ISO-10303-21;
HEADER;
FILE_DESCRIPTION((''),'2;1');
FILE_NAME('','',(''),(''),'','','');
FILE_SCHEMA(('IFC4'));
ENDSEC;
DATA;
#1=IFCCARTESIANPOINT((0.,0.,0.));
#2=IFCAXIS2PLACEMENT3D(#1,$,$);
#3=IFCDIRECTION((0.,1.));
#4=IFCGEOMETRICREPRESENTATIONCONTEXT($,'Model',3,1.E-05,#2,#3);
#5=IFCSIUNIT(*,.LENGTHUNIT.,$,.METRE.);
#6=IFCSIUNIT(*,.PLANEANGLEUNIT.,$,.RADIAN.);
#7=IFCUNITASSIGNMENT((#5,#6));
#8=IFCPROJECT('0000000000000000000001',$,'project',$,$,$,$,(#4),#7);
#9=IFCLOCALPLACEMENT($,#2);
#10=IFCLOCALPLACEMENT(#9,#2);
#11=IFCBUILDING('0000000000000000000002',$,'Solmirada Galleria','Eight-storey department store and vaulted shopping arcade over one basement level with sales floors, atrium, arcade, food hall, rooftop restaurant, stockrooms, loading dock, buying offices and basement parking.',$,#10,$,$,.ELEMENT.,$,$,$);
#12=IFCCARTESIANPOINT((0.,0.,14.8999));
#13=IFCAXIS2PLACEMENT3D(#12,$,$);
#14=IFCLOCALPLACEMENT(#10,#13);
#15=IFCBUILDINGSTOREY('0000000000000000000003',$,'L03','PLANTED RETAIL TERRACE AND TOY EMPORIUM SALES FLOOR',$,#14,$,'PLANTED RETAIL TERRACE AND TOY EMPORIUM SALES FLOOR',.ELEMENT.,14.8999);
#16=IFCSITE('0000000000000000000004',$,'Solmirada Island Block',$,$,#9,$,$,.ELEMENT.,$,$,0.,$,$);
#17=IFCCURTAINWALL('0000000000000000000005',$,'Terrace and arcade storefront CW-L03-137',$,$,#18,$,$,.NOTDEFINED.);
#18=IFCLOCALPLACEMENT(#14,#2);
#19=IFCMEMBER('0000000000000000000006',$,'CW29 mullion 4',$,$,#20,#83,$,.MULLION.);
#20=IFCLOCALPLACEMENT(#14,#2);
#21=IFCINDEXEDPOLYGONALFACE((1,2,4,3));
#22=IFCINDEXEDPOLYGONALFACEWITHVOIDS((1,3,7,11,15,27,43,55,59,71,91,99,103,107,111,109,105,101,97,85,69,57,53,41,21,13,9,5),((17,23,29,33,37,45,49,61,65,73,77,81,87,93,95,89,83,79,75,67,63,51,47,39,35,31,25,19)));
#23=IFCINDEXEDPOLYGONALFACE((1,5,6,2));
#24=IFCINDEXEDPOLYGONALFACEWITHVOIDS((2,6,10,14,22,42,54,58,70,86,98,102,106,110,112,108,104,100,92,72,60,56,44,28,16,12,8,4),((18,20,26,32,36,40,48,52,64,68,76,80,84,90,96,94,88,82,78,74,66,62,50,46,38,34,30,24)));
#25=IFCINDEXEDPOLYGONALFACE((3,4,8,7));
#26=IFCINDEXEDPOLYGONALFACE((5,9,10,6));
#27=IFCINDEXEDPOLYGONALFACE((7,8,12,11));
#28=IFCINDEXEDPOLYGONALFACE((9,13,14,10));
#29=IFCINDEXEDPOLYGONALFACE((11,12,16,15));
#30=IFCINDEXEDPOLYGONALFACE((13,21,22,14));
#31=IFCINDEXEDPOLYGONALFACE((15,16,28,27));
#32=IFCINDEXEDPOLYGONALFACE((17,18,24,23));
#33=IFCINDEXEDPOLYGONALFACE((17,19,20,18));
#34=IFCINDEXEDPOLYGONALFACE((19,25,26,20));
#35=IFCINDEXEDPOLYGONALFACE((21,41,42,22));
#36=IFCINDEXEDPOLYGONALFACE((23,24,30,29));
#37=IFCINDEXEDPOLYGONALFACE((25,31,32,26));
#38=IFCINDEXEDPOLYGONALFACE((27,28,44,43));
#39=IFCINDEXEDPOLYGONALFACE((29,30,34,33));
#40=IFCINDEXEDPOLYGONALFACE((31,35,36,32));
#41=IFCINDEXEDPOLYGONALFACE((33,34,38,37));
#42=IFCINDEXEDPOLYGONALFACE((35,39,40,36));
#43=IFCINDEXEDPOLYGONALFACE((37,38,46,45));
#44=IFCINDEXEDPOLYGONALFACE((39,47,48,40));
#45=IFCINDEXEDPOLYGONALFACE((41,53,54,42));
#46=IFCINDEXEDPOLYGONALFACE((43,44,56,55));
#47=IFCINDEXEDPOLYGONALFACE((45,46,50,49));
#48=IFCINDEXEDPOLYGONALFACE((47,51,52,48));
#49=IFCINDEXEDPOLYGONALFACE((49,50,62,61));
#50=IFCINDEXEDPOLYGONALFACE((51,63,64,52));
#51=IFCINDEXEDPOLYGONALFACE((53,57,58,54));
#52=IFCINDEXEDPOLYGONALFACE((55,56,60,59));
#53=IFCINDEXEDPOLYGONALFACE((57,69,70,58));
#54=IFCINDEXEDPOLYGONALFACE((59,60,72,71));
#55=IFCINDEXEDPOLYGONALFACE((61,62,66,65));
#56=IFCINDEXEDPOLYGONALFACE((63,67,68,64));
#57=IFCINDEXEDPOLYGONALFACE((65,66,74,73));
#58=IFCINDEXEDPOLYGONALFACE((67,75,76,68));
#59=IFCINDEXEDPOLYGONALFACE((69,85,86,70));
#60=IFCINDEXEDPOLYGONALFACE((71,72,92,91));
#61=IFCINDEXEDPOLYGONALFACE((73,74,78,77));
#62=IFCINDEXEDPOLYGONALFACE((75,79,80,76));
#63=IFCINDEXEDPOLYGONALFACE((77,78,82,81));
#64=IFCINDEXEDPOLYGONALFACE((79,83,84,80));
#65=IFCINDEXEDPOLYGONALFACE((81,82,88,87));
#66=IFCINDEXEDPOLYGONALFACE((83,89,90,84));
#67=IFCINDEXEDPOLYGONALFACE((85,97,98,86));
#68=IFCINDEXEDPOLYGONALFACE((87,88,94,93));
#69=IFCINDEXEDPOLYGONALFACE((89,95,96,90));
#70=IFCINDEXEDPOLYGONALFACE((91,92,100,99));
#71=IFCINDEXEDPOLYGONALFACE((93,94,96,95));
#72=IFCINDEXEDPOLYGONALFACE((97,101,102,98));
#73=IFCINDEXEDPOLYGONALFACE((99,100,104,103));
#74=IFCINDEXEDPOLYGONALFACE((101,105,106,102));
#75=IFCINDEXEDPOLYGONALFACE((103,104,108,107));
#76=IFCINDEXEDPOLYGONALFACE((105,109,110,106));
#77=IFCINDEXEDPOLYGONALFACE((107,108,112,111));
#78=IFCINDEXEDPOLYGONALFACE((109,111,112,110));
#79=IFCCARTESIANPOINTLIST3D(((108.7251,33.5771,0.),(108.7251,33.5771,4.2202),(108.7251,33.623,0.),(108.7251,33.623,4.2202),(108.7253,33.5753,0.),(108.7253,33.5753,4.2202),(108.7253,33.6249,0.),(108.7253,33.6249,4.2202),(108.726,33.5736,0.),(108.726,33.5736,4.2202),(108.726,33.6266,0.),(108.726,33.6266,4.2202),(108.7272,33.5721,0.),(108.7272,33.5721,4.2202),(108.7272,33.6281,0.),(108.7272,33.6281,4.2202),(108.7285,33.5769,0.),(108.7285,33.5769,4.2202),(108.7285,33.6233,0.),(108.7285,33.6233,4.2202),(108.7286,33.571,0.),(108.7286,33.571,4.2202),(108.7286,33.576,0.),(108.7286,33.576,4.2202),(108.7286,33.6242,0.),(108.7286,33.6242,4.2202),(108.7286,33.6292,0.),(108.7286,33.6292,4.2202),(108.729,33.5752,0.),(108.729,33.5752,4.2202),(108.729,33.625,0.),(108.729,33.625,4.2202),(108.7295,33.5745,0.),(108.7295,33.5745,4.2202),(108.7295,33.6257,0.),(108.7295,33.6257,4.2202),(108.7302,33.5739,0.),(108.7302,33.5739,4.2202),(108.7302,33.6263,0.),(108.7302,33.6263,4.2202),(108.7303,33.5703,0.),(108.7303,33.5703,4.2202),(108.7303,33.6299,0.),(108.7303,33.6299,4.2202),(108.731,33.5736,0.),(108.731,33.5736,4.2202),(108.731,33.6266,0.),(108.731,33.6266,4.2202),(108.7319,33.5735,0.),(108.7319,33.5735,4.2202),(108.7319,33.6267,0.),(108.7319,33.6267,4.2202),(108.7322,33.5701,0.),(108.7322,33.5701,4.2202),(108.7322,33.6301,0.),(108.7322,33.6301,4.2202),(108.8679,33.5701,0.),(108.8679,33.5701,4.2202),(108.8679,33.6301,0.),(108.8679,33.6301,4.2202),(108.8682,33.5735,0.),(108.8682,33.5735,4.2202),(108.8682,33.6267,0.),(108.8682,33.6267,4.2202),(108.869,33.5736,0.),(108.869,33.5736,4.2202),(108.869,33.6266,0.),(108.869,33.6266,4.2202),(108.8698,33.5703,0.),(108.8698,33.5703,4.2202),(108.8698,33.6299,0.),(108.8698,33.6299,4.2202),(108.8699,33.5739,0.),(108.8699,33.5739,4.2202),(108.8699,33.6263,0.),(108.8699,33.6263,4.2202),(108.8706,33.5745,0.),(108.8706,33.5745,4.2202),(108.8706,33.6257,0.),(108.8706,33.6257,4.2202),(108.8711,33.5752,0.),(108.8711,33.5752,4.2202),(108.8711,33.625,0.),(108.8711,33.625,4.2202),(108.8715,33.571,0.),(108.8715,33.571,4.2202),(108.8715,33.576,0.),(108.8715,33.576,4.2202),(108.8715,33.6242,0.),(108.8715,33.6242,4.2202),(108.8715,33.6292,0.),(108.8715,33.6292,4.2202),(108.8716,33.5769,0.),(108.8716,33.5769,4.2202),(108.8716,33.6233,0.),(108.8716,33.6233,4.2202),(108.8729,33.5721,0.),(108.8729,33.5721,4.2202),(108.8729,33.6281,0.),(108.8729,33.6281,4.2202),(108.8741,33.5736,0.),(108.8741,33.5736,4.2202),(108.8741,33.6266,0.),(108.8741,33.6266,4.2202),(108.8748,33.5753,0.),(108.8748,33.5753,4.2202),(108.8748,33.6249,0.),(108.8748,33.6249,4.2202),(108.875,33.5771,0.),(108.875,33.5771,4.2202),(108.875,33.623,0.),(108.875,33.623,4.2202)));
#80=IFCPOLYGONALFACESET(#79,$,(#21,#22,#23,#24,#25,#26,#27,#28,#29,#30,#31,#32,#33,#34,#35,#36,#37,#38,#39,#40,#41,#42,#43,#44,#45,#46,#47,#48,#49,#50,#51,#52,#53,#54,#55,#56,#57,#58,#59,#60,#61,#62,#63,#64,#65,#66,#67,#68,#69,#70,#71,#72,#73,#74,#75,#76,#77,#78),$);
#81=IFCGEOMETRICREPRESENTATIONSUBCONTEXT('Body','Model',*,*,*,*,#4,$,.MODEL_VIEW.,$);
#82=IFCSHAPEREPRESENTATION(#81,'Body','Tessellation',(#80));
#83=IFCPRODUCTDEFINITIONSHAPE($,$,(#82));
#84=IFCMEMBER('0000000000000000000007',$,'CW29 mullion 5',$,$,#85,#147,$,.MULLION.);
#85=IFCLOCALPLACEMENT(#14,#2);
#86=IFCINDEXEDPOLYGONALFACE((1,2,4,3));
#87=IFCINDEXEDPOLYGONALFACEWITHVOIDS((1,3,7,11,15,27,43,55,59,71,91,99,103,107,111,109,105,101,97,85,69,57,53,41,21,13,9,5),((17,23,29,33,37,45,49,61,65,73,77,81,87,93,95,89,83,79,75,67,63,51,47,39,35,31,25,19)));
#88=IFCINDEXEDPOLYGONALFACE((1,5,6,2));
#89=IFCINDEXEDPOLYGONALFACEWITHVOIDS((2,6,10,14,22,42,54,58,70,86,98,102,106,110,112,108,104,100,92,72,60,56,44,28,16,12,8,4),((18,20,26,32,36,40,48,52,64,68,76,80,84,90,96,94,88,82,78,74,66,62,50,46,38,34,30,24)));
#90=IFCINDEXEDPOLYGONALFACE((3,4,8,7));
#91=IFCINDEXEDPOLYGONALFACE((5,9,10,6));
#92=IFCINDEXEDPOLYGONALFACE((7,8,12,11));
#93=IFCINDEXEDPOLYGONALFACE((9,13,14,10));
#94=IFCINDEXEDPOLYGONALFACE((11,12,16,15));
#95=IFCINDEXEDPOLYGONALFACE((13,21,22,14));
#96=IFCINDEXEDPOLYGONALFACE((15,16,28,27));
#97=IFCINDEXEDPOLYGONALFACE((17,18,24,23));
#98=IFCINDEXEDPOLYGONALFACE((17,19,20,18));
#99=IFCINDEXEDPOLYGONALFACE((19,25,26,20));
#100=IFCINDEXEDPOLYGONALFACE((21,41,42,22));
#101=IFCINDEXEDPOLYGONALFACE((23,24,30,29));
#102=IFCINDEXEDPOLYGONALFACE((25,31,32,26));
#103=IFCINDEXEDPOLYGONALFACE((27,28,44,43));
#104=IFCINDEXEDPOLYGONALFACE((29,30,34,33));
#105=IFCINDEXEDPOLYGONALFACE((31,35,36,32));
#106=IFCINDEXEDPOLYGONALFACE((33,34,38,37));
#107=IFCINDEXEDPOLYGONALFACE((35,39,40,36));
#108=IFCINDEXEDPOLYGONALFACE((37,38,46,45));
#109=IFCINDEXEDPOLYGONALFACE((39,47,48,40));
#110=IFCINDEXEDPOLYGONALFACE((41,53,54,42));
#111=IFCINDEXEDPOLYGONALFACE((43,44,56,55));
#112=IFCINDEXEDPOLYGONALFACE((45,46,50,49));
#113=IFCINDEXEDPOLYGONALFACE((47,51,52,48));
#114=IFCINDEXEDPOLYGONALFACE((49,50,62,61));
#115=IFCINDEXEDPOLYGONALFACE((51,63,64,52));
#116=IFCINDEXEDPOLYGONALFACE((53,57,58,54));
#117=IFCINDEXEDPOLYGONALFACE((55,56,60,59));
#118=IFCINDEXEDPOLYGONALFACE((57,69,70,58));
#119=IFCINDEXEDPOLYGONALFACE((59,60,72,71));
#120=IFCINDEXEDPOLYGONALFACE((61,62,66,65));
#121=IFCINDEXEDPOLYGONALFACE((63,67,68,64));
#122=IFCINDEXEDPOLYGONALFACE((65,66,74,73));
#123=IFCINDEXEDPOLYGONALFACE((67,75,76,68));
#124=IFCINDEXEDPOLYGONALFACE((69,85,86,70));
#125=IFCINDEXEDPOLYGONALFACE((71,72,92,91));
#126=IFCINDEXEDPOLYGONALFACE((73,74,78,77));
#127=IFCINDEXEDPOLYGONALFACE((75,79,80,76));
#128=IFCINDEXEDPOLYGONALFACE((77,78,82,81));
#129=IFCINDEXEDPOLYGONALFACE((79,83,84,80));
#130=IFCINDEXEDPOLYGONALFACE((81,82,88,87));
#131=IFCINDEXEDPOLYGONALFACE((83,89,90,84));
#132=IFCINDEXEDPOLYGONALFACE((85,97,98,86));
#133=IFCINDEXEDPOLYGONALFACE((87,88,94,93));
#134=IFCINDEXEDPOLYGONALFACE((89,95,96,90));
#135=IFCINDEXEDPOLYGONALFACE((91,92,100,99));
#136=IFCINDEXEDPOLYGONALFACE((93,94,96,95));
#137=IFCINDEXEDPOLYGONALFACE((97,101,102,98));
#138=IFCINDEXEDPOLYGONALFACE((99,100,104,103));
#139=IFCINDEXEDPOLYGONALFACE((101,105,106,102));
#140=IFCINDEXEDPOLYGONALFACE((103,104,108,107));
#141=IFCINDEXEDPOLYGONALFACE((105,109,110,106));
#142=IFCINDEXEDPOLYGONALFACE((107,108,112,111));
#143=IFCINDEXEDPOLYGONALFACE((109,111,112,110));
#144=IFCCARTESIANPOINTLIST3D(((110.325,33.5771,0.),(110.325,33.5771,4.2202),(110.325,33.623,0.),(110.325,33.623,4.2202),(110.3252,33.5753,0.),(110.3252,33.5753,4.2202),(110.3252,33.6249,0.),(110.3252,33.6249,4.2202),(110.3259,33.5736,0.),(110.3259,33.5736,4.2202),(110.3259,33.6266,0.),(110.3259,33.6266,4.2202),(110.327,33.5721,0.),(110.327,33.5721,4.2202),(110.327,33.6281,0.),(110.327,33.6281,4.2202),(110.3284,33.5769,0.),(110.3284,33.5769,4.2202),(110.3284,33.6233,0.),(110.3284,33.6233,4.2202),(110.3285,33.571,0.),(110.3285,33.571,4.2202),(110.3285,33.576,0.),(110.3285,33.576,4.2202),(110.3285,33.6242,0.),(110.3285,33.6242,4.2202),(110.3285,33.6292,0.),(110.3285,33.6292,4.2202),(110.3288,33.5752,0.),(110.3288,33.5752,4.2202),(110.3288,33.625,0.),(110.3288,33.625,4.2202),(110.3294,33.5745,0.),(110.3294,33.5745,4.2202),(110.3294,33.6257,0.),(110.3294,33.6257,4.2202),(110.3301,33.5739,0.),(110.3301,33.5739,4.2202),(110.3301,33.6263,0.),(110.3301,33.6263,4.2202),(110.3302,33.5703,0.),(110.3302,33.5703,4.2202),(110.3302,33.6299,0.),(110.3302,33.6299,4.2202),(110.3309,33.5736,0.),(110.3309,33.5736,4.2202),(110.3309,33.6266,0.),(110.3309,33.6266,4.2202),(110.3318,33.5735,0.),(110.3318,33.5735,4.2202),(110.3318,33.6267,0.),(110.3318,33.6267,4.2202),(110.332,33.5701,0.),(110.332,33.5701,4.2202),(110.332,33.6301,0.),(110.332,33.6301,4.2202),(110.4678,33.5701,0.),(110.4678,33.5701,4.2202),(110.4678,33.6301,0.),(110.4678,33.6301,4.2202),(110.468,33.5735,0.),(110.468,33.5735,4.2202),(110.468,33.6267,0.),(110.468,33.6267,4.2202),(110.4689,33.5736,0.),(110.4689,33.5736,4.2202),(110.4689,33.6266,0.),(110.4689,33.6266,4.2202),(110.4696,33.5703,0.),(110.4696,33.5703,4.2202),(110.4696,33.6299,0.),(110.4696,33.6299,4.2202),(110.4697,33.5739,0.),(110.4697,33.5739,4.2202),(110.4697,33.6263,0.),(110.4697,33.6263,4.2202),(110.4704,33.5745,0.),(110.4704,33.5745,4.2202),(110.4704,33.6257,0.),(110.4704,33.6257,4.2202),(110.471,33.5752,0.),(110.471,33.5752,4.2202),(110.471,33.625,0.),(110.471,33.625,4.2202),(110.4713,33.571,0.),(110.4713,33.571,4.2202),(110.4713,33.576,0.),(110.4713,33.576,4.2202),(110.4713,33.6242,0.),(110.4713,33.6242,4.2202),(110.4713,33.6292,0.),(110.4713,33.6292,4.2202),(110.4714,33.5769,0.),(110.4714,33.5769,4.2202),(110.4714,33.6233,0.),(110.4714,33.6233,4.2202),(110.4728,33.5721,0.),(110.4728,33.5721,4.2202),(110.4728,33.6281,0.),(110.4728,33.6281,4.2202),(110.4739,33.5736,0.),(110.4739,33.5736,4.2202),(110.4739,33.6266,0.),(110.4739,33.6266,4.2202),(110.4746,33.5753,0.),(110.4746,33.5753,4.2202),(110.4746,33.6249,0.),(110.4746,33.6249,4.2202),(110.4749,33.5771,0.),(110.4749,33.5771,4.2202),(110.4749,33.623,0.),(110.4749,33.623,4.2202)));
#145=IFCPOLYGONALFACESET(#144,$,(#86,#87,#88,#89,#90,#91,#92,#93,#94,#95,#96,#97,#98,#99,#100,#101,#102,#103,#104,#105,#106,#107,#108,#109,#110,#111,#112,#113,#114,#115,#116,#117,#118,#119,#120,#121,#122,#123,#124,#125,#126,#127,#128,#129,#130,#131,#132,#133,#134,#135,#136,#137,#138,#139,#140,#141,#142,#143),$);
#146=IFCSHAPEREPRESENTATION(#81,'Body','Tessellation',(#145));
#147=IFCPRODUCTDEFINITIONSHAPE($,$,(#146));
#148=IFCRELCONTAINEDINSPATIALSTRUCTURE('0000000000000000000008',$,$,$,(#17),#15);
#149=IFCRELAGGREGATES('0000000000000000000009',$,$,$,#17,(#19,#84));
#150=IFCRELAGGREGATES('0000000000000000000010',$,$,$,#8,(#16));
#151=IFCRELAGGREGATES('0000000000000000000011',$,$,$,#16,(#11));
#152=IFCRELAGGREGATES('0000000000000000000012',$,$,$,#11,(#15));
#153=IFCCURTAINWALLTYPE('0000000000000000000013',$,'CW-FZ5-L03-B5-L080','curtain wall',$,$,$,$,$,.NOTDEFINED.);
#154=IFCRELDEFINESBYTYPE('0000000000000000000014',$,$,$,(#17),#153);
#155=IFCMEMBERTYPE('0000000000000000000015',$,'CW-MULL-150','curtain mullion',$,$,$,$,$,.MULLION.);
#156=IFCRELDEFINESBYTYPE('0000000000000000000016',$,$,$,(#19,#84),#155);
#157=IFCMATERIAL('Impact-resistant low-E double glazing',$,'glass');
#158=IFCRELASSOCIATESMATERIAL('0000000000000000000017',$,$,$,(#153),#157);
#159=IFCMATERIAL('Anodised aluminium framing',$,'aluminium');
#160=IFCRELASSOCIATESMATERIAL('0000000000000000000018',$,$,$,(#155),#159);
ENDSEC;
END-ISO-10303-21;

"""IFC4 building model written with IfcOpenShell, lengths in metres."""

from ifc_helpers import new_model, si_unit, direction, frame, origin, origin_2d, place, context, subcontext, project, spatial, hollow_rectangle, extrude, material, material_profile, profile_set, type_object, element, aggregate, save


model = new_model("IFC4")

# Units and contexts
model_context = context("Model", 3, precision=1e-05, world=origin(), true_north=direction((0.0, 1.0)))
body_context = subcontext(model_context, "Body", "Model", "MODEL_VIEW")
ifc_project = project(units=[si_unit("LENGTHUNIT", "METRE"), si_unit("PLANEANGLEUNIT", "RADIAN")], contexts=[model_context])

# Site, building, storey
site_placement = place(None, origin())
site = spatial("IfcSite", under=ifc_project, at=site_placement, Name="Solmirada Island Block", CompositionType="ELEMENT", RefElevation=0.0)
building_placement = place(site_placement, origin())
building = spatial("IfcBuilding", under=site, at=building_placement, Name="Solmirada Galleria", Description="Eight-storey department store and vaulted shopping arcade over one basement level with sales floors, atrium, arcade, food hall, rooftop restaurant, stockrooms, loading dock, buying offices and basement parking.", CompositionType="ELEMENT")
storey_placement = place(building_placement, frame((0.0, 0.0, 14.8999)))
storey = spatial("IfcBuildingStorey", under=building, at=storey_placement, Name="L03", Description="PLANTED RETAIL TERRACE AND TOY EMPORIUM SALES FLOOR", LongName="PLANTED RETAIL TERRACE AND TOY EMPORIUM SALES FLOOR", CompositionType="ELEMENT", Elevation=14.8999)

# Curtain wall, members
ifc_material_1 = material(Name="Impact-resistant low-E double glazing", Category="glass")
curtain_wall_type = type_object("IfcCurtainWallType", Name="CW-FZ5-L03-B5-L080", Description="curtain wall", PredefinedType="NOTDEFINED", material=ifc_material_1)
curtain_wall_1_placement = place(storey_placement, origin())
curtain_wall_1 = element("IfcCurtainWall", 1, at=curtain_wall_1_placement, inside=storey, type_object=curtain_wall_type, Name="Terrace and arcade storefront CW-L03-137", PredefinedType="NOTDEFINED")
ifc_material_2 = material(Name="Anodised aluminium framing", Category="aluminium")
ifc_material_profile_1 = material_profile(ifc_material_2, hollow_rectangle(XDim=0.0601, YDim=0.1499, WallThickness=0.0034, InnerFilletRadius=0.0034, OuterFilletRadius=0.0071, at=origin_2d()), Name="ALU-MULL-150X60")
ifc_profile_set_1 = profile_set([ifc_material_profile_1], Name="Anodised aluminium framing")
member_type_1 = type_object("IfcMemberType", Name="CW-MULL-150", Description="curtain mullion", PredefinedType="MULLION", material=ifc_profile_set_1)
member_1_placement = place(storey_placement, frame((108.8, 33.6001, 0.0), z_axis=(0.0, 0.0, 1.0), x_axis=(0.0, 1.0, 0.0)))
member_1 = element("IfcMember", 2, at=member_1_placement, type_object=member_type_1, Name="CW29 mullion 4", PredefinedType="MULLION", context=body_context, shape_type="SweptSolid", body=[
    extrude(hollow_rectangle(XDim=0.0601, YDim=0.1499, WallThickness=0.0034, InnerFilletRadius=0.0034, OuterFilletRadius=0.0071, at=origin_2d()), origin(), (0.0, 0.0, 1.0), 4.2202),
])
member_2_placement = place(storey_placement, frame((110.3999, 33.6001, 0.0), z_axis=(0.0, 0.0, 1.0), x_axis=(0.0, 1.0, 0.0)))
member_2 = element("IfcMember", 3, at=member_2_placement, type_object=member_type_1, Name="CW29 mullion 5", PredefinedType="MULLION", context=body_context, shape_type="SweptSolid", body=[
    extrude(hollow_rectangle(XDim=0.0601, YDim=0.1499, WallThickness=0.0034, InnerFilletRadius=0.0034, OuterFilletRadius=0.0071, at=origin_2d()), origin(), (0.0, 0.0, 1.0), 4.2202),
])

aggregate(curtain_wall_1, [member_1, member_2])

save(model, "model.ifc")
